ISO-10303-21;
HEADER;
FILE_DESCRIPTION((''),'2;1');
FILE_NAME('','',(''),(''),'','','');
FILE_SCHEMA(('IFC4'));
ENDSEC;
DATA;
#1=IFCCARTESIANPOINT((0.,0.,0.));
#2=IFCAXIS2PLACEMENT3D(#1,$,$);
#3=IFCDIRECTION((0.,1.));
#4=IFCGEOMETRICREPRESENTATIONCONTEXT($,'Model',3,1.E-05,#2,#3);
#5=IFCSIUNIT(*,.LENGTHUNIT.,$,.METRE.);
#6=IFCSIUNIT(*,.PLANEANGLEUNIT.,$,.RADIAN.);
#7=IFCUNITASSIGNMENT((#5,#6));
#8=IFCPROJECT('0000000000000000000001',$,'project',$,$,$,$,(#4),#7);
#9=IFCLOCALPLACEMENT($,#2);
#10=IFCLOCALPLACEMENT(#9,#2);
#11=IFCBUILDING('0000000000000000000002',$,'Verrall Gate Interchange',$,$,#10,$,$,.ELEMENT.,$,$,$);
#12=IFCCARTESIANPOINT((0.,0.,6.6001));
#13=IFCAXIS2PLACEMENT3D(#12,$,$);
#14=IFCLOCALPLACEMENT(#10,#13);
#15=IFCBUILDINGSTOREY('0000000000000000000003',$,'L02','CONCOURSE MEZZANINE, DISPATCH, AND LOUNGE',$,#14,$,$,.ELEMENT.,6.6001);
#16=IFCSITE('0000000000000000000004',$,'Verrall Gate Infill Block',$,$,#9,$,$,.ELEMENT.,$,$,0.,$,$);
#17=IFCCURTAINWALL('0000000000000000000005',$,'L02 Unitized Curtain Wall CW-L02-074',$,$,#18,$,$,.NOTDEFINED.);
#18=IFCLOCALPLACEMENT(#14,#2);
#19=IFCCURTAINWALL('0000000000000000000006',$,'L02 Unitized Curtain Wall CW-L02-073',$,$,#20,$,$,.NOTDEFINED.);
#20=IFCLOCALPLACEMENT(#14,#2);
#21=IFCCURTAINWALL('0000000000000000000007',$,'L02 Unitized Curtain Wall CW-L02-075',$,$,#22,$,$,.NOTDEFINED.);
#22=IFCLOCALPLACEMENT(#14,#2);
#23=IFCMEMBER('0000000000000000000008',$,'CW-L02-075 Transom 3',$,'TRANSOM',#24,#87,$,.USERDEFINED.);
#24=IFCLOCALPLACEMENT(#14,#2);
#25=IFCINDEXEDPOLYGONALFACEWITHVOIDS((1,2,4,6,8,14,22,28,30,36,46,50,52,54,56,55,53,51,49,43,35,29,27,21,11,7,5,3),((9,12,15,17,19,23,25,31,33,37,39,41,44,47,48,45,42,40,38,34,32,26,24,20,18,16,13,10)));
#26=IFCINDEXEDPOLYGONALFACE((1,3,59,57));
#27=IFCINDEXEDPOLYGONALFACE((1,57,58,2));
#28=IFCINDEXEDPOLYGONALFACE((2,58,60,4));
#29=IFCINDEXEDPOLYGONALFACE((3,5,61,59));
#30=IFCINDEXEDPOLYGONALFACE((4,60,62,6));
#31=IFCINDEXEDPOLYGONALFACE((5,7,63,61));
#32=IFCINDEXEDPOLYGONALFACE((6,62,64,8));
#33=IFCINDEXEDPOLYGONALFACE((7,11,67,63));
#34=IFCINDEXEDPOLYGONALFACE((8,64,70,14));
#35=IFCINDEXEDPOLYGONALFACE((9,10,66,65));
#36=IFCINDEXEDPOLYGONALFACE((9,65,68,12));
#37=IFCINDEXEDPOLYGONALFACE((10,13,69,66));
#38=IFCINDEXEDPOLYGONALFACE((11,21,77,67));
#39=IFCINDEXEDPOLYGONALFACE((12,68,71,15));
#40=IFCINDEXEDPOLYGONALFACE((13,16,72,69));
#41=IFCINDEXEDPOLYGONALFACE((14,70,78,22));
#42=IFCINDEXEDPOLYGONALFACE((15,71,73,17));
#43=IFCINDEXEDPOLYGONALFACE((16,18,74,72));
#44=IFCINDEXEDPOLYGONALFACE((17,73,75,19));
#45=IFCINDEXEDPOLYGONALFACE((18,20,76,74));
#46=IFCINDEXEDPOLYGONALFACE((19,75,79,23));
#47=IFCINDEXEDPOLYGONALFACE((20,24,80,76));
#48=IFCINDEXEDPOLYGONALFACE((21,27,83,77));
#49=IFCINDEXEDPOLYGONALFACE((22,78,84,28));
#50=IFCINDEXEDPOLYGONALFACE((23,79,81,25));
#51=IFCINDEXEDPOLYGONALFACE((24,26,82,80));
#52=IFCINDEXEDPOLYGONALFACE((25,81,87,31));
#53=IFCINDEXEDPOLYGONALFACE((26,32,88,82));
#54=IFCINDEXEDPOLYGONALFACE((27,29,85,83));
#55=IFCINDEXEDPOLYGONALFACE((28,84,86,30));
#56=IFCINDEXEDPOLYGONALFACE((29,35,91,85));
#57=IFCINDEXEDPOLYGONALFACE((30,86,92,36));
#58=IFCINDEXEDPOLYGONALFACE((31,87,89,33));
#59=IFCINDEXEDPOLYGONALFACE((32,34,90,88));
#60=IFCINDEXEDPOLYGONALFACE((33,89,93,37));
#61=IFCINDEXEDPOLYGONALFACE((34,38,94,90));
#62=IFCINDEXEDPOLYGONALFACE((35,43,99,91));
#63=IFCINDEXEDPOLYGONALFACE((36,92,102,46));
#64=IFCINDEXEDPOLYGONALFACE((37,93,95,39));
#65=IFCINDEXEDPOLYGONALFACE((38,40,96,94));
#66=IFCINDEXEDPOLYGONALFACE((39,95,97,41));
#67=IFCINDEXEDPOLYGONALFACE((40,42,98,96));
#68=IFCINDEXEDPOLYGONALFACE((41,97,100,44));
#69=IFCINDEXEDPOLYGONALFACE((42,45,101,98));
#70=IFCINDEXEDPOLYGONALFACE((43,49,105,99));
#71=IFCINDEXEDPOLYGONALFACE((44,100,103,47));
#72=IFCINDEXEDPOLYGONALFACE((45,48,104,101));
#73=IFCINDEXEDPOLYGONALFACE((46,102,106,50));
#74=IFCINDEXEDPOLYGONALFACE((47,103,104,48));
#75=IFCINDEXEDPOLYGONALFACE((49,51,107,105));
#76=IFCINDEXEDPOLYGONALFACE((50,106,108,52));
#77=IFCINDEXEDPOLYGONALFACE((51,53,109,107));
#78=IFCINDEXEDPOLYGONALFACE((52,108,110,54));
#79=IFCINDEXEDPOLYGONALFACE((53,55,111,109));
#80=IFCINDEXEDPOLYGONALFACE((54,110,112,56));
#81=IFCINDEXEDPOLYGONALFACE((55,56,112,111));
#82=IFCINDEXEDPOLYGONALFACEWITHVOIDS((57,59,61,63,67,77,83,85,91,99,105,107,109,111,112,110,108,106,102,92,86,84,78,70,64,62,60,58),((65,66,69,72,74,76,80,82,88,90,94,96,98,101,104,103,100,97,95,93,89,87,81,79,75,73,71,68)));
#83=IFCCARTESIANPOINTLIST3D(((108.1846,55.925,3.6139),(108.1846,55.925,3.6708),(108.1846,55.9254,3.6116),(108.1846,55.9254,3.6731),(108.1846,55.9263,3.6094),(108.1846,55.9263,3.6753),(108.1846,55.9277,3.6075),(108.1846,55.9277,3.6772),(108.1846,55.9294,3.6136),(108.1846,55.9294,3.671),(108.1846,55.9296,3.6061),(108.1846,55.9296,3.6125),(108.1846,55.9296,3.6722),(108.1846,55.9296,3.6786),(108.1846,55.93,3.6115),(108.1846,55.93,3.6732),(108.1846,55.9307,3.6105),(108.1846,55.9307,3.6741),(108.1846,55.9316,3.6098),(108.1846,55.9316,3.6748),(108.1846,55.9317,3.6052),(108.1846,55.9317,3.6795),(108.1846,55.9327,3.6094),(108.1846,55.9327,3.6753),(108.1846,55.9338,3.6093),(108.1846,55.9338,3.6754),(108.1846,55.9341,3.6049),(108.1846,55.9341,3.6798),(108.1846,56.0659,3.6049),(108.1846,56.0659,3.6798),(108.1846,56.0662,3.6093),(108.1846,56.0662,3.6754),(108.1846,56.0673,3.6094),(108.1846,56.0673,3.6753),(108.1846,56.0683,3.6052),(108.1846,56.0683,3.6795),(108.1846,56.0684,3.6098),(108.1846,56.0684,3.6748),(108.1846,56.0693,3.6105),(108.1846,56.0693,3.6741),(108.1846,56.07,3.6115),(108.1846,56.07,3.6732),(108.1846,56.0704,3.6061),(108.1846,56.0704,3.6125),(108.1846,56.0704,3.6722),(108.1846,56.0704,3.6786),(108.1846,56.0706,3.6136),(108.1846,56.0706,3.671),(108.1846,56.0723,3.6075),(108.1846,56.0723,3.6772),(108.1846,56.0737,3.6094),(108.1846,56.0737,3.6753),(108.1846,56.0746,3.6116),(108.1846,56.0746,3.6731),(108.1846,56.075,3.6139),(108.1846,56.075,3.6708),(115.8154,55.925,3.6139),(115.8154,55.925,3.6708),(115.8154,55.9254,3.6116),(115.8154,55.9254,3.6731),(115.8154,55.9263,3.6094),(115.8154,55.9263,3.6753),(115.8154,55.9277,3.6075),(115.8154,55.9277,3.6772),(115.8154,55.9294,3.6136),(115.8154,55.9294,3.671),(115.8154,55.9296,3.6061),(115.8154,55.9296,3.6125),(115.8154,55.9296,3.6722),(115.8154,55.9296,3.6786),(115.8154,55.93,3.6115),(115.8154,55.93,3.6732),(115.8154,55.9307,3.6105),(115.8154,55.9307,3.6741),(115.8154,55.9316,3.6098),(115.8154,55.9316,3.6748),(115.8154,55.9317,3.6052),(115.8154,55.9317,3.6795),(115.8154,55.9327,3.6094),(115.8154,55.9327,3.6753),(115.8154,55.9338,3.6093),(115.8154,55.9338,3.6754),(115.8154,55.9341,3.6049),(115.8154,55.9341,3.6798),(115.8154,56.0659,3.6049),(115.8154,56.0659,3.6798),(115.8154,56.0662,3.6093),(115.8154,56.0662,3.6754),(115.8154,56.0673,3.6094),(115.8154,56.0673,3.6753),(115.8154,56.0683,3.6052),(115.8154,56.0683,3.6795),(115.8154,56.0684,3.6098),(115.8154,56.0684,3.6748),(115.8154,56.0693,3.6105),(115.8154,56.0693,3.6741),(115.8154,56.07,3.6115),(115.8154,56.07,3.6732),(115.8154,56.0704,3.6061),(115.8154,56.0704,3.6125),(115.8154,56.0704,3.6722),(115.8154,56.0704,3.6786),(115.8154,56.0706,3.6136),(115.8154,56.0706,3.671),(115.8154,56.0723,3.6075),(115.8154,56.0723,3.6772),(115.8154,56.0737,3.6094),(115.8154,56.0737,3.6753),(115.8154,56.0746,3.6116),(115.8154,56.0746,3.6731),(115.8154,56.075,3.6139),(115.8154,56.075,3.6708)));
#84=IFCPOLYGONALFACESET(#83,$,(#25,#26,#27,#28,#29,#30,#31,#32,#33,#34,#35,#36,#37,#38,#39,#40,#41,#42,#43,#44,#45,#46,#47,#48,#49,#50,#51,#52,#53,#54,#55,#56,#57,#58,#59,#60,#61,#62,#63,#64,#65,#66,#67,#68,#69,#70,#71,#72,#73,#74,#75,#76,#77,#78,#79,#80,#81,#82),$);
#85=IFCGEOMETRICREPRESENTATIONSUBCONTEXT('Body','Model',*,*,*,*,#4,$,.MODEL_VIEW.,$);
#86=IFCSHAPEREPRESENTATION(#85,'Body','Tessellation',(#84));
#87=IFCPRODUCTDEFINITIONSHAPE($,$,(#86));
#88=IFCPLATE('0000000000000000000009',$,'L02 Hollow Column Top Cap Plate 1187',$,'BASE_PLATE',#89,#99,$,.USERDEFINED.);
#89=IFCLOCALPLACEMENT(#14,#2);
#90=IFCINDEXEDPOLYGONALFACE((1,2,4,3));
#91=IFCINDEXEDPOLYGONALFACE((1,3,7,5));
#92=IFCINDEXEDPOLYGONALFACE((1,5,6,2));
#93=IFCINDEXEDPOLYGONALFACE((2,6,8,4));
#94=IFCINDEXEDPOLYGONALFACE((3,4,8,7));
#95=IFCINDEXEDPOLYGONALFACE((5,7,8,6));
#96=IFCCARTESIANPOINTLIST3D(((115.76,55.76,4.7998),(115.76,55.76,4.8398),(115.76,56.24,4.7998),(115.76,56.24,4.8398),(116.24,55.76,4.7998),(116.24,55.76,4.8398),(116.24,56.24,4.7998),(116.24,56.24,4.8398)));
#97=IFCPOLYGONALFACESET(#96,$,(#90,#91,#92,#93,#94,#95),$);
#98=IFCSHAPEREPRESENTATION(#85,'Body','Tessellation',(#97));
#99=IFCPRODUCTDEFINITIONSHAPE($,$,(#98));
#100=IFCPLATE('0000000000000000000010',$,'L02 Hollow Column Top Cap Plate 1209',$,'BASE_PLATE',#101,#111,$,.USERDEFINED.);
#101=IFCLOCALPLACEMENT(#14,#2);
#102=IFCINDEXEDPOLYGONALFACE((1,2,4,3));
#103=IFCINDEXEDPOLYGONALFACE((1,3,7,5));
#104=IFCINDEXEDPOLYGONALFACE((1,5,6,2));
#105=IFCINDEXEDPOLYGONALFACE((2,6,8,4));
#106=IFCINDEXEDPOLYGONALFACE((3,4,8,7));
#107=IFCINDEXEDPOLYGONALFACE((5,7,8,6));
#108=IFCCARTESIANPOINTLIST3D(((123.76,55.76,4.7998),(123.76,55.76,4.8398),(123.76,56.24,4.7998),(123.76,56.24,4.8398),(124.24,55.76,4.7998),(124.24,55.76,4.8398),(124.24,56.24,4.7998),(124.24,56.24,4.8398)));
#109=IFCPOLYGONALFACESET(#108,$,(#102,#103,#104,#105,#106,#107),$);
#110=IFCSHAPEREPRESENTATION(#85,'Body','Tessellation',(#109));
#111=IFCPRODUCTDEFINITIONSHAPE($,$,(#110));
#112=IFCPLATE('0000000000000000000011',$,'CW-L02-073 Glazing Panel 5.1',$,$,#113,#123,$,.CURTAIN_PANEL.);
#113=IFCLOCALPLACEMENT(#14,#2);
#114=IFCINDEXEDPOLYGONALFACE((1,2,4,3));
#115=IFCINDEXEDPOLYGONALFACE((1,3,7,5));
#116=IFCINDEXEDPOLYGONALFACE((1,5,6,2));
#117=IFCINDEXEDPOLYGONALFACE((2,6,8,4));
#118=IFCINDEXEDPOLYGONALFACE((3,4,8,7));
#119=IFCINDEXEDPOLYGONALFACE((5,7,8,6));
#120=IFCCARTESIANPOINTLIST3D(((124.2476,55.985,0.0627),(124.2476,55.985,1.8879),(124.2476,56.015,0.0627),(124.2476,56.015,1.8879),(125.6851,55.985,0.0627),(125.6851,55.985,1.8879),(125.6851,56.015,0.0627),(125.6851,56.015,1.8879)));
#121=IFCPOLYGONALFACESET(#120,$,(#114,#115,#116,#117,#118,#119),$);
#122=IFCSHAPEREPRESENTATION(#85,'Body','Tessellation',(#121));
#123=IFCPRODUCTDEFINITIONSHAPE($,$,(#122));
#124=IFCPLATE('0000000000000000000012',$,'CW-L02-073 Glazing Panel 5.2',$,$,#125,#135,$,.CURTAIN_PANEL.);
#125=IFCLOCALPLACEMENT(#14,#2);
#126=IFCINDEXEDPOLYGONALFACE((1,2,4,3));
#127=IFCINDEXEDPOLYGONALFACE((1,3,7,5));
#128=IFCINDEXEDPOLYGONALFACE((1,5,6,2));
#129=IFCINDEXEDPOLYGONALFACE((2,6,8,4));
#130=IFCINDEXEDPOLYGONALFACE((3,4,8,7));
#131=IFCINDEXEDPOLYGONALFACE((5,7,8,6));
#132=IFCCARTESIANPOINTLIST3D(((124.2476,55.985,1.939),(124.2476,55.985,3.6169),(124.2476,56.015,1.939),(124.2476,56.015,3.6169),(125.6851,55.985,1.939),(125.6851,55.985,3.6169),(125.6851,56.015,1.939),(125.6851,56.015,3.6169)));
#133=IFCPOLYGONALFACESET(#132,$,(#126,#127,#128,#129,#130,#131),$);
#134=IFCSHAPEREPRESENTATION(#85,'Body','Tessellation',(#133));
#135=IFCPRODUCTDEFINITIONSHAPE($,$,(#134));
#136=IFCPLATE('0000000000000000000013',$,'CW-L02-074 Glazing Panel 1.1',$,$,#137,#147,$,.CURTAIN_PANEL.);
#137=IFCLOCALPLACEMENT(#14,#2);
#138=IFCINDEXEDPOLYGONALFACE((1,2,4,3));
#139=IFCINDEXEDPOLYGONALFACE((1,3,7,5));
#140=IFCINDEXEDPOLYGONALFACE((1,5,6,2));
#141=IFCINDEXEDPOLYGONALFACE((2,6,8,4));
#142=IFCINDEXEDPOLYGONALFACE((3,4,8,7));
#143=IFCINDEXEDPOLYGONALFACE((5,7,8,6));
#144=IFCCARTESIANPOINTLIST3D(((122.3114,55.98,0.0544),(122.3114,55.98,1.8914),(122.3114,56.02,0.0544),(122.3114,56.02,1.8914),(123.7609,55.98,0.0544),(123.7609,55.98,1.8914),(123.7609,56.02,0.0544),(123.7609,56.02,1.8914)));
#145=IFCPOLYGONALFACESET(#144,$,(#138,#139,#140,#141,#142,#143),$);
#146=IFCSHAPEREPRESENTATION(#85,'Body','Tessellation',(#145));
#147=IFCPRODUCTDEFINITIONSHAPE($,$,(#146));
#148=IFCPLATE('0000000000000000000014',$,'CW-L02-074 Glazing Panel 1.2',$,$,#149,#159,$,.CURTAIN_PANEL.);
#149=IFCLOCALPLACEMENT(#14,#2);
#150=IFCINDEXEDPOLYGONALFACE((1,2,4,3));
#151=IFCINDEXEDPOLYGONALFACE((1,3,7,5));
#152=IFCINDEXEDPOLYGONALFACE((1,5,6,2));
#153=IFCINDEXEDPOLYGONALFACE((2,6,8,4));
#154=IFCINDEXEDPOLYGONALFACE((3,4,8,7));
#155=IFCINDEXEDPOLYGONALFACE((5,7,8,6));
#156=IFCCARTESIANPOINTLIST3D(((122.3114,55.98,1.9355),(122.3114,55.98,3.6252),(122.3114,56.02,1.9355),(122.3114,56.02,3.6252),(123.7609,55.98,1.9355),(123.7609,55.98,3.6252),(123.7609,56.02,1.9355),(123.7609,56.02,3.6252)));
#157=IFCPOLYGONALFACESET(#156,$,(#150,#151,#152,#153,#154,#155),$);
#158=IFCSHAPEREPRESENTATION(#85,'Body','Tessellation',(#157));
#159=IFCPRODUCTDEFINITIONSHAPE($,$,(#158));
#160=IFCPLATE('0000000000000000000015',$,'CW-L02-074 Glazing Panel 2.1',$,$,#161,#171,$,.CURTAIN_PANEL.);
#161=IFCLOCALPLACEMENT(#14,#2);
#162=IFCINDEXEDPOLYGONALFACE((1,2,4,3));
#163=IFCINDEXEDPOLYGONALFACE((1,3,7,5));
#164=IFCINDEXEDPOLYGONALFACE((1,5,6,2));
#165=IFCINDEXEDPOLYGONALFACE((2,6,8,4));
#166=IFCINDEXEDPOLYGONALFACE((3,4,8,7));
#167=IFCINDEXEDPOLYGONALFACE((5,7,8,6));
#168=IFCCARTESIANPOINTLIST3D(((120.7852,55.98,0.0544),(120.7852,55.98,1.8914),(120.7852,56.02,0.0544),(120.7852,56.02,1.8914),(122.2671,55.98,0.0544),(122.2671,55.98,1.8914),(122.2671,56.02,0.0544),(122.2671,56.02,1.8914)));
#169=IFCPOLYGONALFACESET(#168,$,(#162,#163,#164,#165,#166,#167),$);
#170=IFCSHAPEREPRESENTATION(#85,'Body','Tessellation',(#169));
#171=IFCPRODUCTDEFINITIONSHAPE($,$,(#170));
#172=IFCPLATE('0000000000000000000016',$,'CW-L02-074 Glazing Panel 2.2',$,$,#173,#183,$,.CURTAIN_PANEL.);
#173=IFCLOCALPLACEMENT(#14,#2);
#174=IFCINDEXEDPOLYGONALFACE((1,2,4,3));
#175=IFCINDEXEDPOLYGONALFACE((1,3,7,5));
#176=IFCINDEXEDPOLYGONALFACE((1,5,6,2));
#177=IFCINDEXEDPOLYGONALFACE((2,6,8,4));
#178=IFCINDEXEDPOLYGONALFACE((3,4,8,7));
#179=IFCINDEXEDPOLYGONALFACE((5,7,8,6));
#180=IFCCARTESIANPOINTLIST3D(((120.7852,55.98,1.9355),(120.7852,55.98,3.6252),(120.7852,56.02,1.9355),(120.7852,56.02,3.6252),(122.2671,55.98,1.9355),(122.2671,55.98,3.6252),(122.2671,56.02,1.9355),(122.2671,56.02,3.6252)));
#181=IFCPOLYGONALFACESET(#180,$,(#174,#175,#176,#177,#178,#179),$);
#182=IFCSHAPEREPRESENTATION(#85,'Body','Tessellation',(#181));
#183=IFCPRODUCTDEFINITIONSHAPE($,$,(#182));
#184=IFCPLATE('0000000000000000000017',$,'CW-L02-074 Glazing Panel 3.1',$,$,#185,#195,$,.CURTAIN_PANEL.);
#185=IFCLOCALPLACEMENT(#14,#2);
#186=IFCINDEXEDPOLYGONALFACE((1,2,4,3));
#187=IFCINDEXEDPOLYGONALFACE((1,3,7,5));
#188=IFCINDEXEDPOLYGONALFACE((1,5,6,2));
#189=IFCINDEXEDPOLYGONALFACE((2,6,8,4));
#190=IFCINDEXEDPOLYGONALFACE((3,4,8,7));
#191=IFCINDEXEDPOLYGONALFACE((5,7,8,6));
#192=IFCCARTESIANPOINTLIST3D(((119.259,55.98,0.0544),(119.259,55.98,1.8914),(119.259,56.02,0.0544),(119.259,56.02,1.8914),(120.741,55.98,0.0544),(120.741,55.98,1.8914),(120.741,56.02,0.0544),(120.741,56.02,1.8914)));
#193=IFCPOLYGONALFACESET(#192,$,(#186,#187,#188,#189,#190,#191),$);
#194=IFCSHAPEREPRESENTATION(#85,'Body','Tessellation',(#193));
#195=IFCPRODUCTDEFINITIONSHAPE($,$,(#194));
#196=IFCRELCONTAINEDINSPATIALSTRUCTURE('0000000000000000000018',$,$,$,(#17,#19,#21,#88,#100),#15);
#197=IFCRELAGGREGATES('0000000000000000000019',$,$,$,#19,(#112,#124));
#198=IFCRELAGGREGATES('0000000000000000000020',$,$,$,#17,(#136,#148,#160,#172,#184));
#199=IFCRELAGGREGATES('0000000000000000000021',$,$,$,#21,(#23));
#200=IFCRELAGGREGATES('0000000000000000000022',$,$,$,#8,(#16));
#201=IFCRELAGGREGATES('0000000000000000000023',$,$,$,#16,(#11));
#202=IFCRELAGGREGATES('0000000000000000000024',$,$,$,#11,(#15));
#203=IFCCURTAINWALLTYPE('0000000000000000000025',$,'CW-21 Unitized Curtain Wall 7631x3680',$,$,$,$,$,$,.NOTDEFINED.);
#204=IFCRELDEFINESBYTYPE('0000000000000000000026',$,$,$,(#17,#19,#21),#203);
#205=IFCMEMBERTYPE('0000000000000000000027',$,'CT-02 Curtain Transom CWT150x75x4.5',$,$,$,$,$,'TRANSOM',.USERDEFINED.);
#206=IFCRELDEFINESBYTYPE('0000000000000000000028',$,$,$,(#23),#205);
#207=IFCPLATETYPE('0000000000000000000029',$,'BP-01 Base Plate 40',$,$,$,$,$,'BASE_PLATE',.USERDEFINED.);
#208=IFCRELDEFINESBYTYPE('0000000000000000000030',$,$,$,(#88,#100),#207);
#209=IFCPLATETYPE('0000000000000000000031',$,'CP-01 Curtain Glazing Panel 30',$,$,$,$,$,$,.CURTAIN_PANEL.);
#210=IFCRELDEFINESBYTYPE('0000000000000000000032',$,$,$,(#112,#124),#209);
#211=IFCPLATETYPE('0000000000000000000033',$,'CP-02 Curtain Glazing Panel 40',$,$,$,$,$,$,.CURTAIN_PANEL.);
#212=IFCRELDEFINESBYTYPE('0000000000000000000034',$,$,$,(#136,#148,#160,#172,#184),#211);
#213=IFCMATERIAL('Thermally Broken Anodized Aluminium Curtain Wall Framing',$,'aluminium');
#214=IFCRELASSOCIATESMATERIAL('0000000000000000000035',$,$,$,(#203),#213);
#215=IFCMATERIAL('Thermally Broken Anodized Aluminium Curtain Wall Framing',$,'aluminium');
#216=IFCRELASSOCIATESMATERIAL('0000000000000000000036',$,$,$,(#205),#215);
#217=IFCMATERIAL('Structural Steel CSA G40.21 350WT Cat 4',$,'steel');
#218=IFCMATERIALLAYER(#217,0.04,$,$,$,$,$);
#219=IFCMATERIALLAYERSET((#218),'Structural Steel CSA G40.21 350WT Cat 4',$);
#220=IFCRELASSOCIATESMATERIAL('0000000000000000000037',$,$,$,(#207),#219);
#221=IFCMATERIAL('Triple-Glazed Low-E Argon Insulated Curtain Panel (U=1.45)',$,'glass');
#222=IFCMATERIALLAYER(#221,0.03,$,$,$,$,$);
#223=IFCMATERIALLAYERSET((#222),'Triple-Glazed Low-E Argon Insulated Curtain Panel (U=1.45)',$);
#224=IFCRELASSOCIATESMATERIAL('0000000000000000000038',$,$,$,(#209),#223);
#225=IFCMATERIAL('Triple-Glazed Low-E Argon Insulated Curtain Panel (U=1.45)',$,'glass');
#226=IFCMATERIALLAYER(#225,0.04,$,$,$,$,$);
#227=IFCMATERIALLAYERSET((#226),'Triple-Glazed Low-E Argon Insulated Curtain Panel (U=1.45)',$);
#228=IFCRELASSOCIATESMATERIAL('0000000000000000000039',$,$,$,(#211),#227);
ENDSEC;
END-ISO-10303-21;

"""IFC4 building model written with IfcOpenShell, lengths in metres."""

from ifc_helpers import new_model, si_unit, direction, frame, origin, origin_2d, place, context, subcontext, project, spatial, rectangle, hollow_rectangle, extrude, material, layer, layer_set, material_profile, profile_set, type_object, element, aggregate, save


model = new_model("IFC4")

# Units and contexts
model_context = context("Model", 3, precision=1e-05, world=origin(), true_north=direction((0.0, 1.0)))
body_context = subcontext(model_context, "Body", "Model", "MODEL_VIEW")
ifc_project = project(units=[si_unit("LENGTHUNIT", "METRE"), si_unit("PLANEANGLEUNIT", "RADIAN")], contexts=[model_context])

# Site, building, storey
site_placement = place(None, origin())
site = spatial("IfcSite", under=ifc_project, at=site_placement, Name="Verrall Gate Infill Block", CompositionType="ELEMENT", RefElevation=0.0)
building_placement = place(site_placement, origin())
building = spatial("IfcBuilding", under=site, at=building_placement, Name="Verrall Gate Interchange", CompositionType="ELEMENT")
storey_placement = place(building_placement, frame((0.0, 0.0, 6.6001)))
storey = spatial("IfcBuildingStorey", under=building, at=storey_placement, Name="L02", Description="CONCOURSE MEZZANINE, DISPATCH, AND LOUNGE", CompositionType="ELEMENT", Elevation=6.6001)

# Curtain walls
ifc_material_1 = material(Name="Thermally Broken Anodized Aluminium Curtain Wall Framing", Category="aluminium")
curtain_wall_type = type_object("IfcCurtainWallType", Name="CW-21 Unitized Curtain Wall 7631x3680", PredefinedType="NOTDEFINED", material=ifc_material_1)
curtain_wall_1_placement = place(storey_placement, origin())
curtain_wall_1 = element("IfcCurtainWall", 1, at=curtain_wall_1_placement, inside=storey, type_object=curtain_wall_type, Name="L02 Unitized Curtain Wall CW-L02-074", PredefinedType="NOTDEFINED")
curtain_wall_2_placement = place(storey_placement, origin())
curtain_wall_2 = element("IfcCurtainWall", 2, at=curtain_wall_2_placement, inside=storey, type_object=curtain_wall_type, Name="L02 Unitized Curtain Wall CW-L02-073", PredefinedType="NOTDEFINED")

# Curtain wall
curtain_wall_3_placement = place(storey_placement, origin())
curtain_wall_3 = element("IfcCurtainWall", 3, at=curtain_wall_3_placement, inside=storey, type_object=curtain_wall_type, Name="L02 Unitized Curtain Wall CW-L02-075", PredefinedType="NOTDEFINED")

# Member
ifc_material_2 = material(Name="Thermally Broken Anodized Aluminium Curtain Wall Framing", Category="aluminium")
ifc_material_profile_1 = material_profile(ifc_material_2, hollow_rectangle(XDim=0.1499, YDim=0.075, WallThickness=0.0044, InnerFilletRadius=0.0044, OuterFilletRadius=0.009, at=origin_2d()), Name="CWT150x75x4.5")
ifc_profile_set_1 = profile_set([ifc_material_profile_1], Name="Thermally Broken Anodized Aluminium Curtain Wall Framing")
member_type_1 = type_object("IfcMemberType", Name="CT-02 Curtain Transom CWT150x75x4.5", ElementType="TRANSOM", PredefinedType="USERDEFINED", material=ifc_profile_set_1)
member_1_placement = place(storey_placement, frame((115.8154, 56.0, 3.6423), z_axis=(-1.0, 0.0, 0.0), x_axis=(0.0, -1.0, 0.0)))
member_1 = element("IfcMember", 4, at=member_1_placement, type_object=member_type_1, Name="CW-L02-075 Transom 3", ObjectType="TRANSOM", PredefinedType="USERDEFINED", context=body_context, shape_type="SweptSolid", body=[
    extrude(hollow_rectangle(XDim=0.1499, YDim=0.075, WallThickness=0.0044, InnerFilletRadius=0.0044, OuterFilletRadius=0.009, at=origin_2d()), origin(), (0.0, 0.0, 1.0), 7.6309),
])

# Plates
ifc_material_3 = material(Name="Structural Steel CSA G40.21 350WT Cat 4", Category="steel")
ifc_layer_1 = layer(ifc_material_3, 0.04)
ifc_layer_set_1 = layer_set([ifc_layer_1], Name="Structural Steel CSA G40.21 350WT Cat 4")
plate_type_1 = type_object("IfcPlateType", Name="BP-01 Base Plate 40", ElementType="BASE_PLATE", PredefinedType="USERDEFINED", material=ifc_layer_set_1)
for number, where, z_axis, x_axis, name in (
    (5, (116.0, 56.0, 4.7998), (0.0, 0.0, 1.0), (1.0, 0.0, 0.0), "L02 Hollow Column Top Cap Plate 1187"),
    (6, (124.0, 56.0, 4.7998), (0.0, 0.0, 1.0), (1.0, 0.0, 0.0), "L02 Hollow Column Top Cap Plate 1209"),
):
    element("IfcPlate", number, at=place(storey_placement, frame(where, z_axis=z_axis, x_axis=x_axis)), inside=storey, type_object=plate_type_1, Name=name, ObjectType="BASE_PLATE", PredefinedType="USERDEFINED", context=body_context, shape_type="SweptSolid", body=[
        extrude(rectangle(XDim=0.48, YDim=0.48, at=origin_2d()), origin(), (0.0, 0.0, 1.0), 0.04),
    ])

# Plates
ifc_material_4 = material(Name="Triple-Glazed Low-E Argon Insulated Curtain Panel (U=1.45)", Category="glass")
ifc_layer_2 = layer(ifc_material_4, 0.03)
ifc_layer_set_2 = layer_set([ifc_layer_2], Name="Triple-Glazed Low-E Argon Insulated Curtain Panel (U=1.45)")
plate_type_2 = type_object("IfcPlateType", Name="CP-01 Curtain Glazing Panel 30", PredefinedType="CURTAIN_PANEL", material=ifc_layer_set_2)
plate_1_placement = place(storey_placement, frame((124.9663, 56.0, 0.0627), z_axis=(0.0, 0.0, 1.0), x_axis=(-1.0, 0.0, 0.0)))
plate_1 = element("IfcPlate", 7, at=plate_1_placement, type_object=plate_type_2, Name="CW-L02-073 Glazing Panel 5.1", PredefinedType="CURTAIN_PANEL", context=body_context, shape_type="SweptSolid", body=[
    extrude(rectangle(XDim=1.4375, YDim=0.03, at=origin_2d()), origin(), (0.0, 0.0, 1.0), 1.8252),
])
plate_2_placement = place(storey_placement, frame((124.9663, 56.0, 1.939), z_axis=(0.0, 0.0, 1.0), x_axis=(-1.0, 0.0, 0.0)))
plate_2 = element("IfcPlate", 8, at=plate_2_placement, type_object=plate_type_2, Name="CW-L02-073 Glazing Panel 5.2", PredefinedType="CURTAIN_PANEL", context=body_context, shape_type="SweptSolid", body=[
    extrude(rectangle(XDim=1.4375, YDim=0.03, at=origin_2d()), origin(), (0.0, 0.0, 1.0), 1.678),
])
aggregate(curtain_wall_2, [plate_1, plate_2])
ifc_material_5 = material(Name="Triple-Glazed Low-E Argon Insulated Curtain Panel (U=1.45)", Category="glass")
ifc_layer_3 = layer(ifc_material_5, 0.04)
ifc_layer_set_3 = layer_set([ifc_layer_3], Name="Triple-Glazed Low-E Argon Insulated Curtain Panel (U=1.45)")
plate_type_3 = type_object("IfcPlateType", Name="CP-02 Curtain Glazing Panel 40", PredefinedType="CURTAIN_PANEL", material=ifc_layer_set_3)
plate_3_placement = place(storey_placement, frame((123.0361, 56.0, 0.0544), z_axis=(0.0, 0.0, 1.0), x_axis=(-1.0, 0.0, 0.0)))
plate_3 = element("IfcPlate", 9, at=plate_3_placement, type_object=plate_type_3, Name="CW-L02-074 Glazing Panel 1.1", PredefinedType="CURTAIN_PANEL", context=body_context, shape_type="SweptSolid", body=[
    extrude(rectangle(XDim=1.4495, YDim=0.04, at=origin_2d()), origin(), (0.0, 0.0, 1.0), 1.8369),
])
plate_4_placement = place(storey_placement, frame((123.0361, 56.0, 1.9355), z_axis=(0.0, 0.0, 1.0), x_axis=(-1.0, 0.0, 0.0)))
plate_4 = element("IfcPlate", 10, at=plate_4_placement, type_object=plate_type_3, Name="CW-L02-074 Glazing Panel 1.2", PredefinedType="CURTAIN_PANEL", context=body_context, shape_type="SweptSolid", body=[
    extrude(rectangle(XDim=1.4495, YDim=0.04, at=origin_2d()), origin(), (0.0, 0.0, 1.0), 1.6897),
])
plate_5_placement = place(storey_placement, frame((121.5261, 56.0, 0.0544), z_axis=(0.0, 0.0, 1.0), x_axis=(-1.0, 0.0, 0.0)))
plate_5 = element("IfcPlate", 11, at=plate_5_placement, type_object=plate_type_3, Name="CW-L02-074 Glazing Panel 2.1", PredefinedType="CURTAIN_PANEL", context=body_context, shape_type="SweptSolid", body=[
    extrude(rectangle(XDim=1.4819, YDim=0.04, at=origin_2d()), origin(), (0.0, 0.0, 1.0), 1.8369),
])
plate_6_placement = place(storey_placement, frame((121.5261, 56.0, 1.9355), z_axis=(0.0, 0.0, 1.0), x_axis=(-1.0, 0.0, 0.0)))
plate_6 = element("IfcPlate", 12, at=plate_6_placement, type_object=plate_type_3, Name="CW-L02-074 Glazing Panel 2.2", PredefinedType="CURTAIN_PANEL", context=body_context, shape_type="SweptSolid", body=[
    extrude(rectangle(XDim=1.4819, YDim=0.04, at=origin_2d()), origin(), (0.0, 0.0, 1.0), 1.6897),
])
plate_7_placement = place(storey_placement, frame((120.0, 56.0, 0.0544), z_axis=(0.0, 0.0, 1.0), x_axis=(-1.0, 0.0, 0.0)))
plate_7 = element("IfcPlate", 13, at=plate_7_placement, type_object=plate_type_3, Name="CW-L02-074 Glazing Panel 3.1", PredefinedType="CURTAIN_PANEL", context=body_context, shape_type="SweptSolid", body=[
    extrude(rectangle(XDim=1.4819, YDim=0.04, at=origin_2d()), origin(), (0.0, 0.0, 1.0), 1.8369),
])
aggregate(curtain_wall_1, [plate_3, plate_4, plate_5, plate_6, plate_7])
aggregate(curtain_wall_3, [member_1])

save(model, "model.ifc")
